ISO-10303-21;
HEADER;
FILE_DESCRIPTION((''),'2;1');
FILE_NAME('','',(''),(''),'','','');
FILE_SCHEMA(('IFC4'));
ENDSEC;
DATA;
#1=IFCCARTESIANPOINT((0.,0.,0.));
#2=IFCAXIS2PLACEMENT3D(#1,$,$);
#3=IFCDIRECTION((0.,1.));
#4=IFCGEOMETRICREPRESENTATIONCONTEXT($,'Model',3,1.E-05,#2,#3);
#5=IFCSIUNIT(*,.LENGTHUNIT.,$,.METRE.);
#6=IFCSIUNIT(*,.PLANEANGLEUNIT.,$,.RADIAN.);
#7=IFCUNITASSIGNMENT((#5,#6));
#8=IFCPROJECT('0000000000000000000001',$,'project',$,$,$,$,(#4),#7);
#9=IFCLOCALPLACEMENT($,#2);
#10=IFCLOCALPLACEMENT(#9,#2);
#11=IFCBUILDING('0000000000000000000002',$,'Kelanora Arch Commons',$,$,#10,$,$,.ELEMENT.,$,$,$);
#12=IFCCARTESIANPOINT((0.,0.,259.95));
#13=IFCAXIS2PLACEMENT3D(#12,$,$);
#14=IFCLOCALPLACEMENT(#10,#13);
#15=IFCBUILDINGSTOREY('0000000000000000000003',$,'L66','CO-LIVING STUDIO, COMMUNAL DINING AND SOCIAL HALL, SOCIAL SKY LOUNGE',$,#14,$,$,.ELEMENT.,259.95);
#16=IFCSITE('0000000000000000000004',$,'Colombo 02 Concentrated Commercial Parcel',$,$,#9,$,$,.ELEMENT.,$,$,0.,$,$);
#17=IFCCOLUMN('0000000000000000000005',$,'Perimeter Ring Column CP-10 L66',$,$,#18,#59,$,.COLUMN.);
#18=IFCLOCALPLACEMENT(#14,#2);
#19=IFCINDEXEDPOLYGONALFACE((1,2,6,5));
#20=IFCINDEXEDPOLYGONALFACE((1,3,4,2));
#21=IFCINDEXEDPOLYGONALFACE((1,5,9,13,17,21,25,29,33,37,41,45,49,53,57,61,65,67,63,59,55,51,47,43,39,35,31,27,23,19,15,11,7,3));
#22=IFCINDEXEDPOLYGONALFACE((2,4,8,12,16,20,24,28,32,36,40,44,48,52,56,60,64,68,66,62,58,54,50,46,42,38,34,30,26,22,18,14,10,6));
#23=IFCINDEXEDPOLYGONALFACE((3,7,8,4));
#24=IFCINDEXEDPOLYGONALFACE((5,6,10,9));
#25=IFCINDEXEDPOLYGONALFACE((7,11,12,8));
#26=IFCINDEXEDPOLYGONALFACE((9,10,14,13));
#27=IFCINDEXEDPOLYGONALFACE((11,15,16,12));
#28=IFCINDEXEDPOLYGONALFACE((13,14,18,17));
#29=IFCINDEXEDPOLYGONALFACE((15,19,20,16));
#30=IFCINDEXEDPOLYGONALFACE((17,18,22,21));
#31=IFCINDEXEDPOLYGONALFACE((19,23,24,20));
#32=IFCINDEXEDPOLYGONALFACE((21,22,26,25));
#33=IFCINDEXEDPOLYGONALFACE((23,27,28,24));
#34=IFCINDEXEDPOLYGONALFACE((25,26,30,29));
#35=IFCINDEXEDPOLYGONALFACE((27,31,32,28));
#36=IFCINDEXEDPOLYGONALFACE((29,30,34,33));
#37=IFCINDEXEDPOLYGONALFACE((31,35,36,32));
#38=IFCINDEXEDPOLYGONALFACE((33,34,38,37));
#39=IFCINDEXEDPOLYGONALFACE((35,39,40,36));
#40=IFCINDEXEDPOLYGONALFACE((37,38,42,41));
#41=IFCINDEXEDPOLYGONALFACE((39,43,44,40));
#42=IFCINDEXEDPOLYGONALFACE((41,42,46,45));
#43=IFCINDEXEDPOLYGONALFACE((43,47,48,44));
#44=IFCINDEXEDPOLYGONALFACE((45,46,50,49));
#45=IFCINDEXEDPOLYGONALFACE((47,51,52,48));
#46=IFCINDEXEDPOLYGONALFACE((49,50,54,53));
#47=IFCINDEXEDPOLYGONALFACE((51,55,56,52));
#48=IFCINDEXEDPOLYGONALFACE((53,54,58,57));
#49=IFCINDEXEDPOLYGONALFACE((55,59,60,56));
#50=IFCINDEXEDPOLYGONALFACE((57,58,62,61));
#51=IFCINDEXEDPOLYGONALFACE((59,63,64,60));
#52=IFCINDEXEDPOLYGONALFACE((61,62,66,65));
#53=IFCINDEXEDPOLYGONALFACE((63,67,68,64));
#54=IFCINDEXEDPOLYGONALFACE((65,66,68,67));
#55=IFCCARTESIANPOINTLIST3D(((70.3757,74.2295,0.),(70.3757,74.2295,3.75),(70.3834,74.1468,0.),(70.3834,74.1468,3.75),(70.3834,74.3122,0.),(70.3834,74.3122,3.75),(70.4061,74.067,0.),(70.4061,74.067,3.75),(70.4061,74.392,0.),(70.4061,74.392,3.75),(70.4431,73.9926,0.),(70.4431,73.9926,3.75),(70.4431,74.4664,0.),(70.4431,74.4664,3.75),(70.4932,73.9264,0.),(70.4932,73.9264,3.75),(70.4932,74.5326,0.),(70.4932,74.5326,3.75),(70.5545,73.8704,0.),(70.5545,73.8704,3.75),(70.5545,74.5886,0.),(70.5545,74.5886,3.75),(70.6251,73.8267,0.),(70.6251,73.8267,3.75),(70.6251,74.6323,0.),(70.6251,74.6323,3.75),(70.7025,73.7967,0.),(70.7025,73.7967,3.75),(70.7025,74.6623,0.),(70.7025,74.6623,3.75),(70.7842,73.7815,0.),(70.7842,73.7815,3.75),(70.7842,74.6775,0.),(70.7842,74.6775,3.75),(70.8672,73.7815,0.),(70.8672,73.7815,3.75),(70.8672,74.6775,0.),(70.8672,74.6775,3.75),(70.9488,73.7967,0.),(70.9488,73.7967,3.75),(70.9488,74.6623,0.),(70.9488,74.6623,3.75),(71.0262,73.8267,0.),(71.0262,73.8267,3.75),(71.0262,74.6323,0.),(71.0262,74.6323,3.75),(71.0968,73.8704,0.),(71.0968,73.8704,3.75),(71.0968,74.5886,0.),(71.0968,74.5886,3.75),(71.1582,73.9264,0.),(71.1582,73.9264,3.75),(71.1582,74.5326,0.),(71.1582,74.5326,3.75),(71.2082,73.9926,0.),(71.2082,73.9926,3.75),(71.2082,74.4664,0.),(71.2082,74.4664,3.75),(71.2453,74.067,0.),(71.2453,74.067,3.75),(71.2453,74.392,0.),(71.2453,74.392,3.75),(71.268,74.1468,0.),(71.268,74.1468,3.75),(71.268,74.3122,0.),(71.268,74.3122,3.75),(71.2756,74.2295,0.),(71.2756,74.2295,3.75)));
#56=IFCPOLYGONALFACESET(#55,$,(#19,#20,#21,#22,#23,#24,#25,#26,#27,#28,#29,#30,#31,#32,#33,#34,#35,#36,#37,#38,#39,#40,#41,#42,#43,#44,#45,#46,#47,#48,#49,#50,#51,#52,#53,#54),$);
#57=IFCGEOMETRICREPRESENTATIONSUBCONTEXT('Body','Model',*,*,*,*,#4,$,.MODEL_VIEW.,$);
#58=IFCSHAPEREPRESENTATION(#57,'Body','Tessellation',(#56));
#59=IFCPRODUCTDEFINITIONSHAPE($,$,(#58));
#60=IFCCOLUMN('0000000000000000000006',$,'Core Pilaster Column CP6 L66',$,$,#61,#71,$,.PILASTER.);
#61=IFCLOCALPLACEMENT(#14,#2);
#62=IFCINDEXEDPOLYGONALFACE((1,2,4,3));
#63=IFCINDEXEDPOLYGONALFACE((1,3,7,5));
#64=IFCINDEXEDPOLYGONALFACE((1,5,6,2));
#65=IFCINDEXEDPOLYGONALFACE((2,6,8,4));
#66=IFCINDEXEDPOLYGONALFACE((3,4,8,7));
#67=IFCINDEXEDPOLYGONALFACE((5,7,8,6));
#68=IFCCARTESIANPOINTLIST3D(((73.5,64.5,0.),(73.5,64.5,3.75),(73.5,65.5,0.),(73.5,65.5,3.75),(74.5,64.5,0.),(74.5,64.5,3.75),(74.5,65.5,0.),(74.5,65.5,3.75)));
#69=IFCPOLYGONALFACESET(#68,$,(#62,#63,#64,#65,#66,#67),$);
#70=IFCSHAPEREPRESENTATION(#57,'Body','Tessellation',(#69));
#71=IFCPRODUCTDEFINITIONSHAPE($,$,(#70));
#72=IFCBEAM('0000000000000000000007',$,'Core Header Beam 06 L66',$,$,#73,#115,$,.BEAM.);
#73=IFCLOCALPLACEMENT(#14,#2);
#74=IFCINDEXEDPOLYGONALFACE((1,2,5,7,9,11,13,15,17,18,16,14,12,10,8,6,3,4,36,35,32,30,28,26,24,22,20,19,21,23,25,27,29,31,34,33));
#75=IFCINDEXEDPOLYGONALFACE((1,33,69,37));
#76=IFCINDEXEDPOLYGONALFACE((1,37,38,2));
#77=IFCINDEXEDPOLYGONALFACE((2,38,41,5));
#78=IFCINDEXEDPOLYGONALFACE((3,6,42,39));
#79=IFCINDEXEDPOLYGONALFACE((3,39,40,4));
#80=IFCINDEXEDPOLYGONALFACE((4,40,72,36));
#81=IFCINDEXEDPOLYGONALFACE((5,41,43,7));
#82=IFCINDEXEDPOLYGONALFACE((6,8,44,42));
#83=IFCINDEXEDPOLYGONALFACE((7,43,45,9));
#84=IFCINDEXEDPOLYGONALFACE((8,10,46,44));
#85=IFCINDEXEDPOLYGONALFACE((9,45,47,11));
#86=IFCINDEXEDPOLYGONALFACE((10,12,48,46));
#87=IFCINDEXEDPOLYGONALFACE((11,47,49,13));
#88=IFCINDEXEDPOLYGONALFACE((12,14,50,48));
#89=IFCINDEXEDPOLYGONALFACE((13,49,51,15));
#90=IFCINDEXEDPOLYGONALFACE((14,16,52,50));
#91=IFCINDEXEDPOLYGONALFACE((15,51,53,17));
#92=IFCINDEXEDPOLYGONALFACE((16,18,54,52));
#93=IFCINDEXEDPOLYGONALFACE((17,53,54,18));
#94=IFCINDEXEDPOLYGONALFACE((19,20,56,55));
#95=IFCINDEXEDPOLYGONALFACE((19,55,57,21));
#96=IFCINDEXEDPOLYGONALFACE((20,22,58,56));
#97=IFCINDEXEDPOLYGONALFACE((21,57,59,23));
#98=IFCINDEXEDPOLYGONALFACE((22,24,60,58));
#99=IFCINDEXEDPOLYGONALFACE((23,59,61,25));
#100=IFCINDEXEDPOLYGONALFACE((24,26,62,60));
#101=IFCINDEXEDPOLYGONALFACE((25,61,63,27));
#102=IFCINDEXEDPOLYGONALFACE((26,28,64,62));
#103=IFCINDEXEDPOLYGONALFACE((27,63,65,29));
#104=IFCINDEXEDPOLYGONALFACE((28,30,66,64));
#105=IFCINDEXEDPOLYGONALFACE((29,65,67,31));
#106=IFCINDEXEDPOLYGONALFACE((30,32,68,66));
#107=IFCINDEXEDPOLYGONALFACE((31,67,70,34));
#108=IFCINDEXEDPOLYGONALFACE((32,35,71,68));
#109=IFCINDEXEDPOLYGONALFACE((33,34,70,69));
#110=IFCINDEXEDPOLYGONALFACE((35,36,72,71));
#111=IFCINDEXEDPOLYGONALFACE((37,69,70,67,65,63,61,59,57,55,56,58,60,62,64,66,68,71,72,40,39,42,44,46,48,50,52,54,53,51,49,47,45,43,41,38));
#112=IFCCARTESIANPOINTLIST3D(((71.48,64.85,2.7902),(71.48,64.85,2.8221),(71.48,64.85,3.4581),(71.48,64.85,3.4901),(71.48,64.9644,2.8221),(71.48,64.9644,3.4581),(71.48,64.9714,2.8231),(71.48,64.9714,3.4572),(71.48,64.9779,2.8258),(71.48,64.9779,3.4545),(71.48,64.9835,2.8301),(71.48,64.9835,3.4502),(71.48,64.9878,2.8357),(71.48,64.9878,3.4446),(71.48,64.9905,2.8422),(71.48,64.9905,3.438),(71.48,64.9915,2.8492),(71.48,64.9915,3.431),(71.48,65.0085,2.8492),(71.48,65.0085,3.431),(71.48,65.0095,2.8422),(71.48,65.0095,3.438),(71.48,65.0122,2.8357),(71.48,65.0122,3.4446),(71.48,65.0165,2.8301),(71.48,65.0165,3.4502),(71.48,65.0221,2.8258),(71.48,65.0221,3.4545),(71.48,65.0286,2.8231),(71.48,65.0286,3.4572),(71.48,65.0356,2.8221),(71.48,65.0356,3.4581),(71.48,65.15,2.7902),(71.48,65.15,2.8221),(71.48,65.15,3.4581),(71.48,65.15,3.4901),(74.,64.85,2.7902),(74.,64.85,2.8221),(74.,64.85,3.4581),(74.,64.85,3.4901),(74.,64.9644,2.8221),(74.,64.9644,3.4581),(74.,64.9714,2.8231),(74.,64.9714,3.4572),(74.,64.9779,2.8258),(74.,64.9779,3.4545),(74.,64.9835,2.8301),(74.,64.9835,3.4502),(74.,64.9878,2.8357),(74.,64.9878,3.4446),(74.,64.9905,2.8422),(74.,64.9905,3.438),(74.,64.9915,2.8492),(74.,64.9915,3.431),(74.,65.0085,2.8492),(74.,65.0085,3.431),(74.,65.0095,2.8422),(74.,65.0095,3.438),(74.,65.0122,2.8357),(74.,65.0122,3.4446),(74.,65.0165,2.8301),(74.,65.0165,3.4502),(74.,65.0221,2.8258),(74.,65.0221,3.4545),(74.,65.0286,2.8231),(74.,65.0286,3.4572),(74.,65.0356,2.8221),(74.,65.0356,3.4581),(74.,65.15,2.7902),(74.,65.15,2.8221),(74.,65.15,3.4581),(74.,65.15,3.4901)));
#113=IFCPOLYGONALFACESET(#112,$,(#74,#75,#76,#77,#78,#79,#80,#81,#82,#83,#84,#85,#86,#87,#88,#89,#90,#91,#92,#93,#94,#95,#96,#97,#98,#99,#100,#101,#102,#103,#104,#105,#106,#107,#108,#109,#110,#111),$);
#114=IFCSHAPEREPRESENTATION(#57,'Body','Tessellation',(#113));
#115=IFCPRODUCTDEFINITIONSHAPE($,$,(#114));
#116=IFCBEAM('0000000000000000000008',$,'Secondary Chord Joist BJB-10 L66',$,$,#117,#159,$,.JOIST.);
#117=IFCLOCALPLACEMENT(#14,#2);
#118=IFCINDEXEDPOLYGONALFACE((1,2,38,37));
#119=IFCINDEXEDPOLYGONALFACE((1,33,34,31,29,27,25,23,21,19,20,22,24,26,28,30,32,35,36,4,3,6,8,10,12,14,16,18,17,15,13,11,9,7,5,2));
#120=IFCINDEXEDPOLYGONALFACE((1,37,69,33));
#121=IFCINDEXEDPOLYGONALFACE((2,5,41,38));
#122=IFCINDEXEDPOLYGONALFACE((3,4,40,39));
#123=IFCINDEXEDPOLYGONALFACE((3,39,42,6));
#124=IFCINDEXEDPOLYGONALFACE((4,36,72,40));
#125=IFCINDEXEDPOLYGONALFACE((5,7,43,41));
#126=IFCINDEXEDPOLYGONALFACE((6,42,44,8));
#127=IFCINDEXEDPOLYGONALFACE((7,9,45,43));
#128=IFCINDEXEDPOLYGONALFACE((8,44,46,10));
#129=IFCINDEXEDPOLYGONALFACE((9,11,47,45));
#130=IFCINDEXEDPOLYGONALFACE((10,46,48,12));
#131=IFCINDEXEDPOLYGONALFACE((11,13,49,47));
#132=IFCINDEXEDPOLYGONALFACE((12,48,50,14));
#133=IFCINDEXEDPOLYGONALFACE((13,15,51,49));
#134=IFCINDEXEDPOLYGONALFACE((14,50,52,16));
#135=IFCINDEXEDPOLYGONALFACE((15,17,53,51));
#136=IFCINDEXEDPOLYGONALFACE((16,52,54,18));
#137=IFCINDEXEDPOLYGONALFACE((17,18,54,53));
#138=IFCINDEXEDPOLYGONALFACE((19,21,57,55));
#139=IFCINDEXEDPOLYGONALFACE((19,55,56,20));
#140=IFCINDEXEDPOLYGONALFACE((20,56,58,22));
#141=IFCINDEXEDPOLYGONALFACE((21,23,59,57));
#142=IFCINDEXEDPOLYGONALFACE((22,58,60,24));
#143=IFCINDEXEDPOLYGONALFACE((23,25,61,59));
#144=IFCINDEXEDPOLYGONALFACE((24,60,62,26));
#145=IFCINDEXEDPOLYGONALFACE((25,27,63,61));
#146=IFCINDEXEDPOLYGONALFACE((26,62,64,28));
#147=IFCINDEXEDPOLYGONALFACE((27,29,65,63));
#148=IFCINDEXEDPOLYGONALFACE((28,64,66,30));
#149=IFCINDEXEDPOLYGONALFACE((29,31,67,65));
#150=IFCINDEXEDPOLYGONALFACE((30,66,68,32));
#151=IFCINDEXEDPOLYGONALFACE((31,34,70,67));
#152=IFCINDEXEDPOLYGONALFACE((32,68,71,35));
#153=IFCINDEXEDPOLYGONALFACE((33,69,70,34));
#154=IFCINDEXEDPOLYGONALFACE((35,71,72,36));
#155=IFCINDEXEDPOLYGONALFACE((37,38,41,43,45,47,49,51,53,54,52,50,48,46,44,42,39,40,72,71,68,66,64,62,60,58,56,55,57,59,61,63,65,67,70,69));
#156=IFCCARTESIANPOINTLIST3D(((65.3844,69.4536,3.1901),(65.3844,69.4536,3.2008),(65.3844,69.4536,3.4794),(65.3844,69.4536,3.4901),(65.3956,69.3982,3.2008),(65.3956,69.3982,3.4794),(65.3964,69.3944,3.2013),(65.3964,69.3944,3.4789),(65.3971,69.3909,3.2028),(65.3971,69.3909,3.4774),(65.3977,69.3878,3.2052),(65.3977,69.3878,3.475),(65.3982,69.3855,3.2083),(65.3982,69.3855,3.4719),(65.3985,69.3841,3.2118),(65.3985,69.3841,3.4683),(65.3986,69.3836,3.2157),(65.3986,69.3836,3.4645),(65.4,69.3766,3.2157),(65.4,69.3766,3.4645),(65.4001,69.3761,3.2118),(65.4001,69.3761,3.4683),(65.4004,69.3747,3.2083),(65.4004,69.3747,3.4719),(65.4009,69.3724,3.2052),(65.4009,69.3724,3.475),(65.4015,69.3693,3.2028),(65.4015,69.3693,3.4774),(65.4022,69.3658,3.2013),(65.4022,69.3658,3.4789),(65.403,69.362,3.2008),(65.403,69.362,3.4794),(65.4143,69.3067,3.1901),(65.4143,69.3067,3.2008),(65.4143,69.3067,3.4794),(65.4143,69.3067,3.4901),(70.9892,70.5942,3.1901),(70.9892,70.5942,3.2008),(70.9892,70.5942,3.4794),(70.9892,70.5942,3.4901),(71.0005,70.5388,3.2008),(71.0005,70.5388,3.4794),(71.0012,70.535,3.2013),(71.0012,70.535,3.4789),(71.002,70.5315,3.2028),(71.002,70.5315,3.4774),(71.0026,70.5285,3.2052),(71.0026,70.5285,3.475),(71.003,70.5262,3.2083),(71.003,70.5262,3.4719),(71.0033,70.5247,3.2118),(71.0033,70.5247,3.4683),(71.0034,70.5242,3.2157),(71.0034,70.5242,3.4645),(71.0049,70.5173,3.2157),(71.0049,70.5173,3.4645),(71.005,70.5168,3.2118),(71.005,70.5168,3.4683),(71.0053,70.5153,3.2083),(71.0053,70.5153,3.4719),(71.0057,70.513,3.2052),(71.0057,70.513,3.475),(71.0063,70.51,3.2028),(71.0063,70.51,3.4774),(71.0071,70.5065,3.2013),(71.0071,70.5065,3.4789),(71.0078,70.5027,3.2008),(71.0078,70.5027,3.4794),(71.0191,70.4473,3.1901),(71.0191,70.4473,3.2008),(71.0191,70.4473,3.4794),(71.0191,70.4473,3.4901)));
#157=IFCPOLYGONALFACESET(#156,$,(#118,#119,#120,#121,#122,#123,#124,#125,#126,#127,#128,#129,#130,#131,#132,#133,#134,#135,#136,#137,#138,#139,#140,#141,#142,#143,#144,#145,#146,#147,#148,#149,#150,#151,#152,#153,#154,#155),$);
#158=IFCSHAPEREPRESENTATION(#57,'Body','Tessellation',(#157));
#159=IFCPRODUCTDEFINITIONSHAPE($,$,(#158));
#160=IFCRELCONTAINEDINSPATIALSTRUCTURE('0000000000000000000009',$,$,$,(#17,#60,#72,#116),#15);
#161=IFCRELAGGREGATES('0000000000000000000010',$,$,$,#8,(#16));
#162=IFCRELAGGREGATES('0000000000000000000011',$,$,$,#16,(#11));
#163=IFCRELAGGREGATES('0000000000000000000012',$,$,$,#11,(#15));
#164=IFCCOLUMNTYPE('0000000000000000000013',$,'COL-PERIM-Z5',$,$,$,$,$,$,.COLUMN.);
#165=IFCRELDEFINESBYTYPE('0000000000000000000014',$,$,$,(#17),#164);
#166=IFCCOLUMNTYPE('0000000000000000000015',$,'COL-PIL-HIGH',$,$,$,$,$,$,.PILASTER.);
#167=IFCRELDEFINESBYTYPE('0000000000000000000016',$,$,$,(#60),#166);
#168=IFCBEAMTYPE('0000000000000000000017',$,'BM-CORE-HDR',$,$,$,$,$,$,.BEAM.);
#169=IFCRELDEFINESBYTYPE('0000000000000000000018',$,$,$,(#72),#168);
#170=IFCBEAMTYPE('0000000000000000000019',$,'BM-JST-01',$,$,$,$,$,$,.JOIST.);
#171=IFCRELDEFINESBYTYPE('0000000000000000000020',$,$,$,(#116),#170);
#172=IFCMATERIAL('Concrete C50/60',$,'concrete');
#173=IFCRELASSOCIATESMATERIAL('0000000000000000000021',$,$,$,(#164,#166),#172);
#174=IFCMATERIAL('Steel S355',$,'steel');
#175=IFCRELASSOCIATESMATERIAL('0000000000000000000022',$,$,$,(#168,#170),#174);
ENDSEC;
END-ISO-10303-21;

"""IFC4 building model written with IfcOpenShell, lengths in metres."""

from ifc_helpers import new_model, si_unit, direction, frame, origin, origin_2d, place, context, subcontext, project, spatial, rectangle, circle, i_section, extrude, material, material_profile, profile_set, type_object, element, save


model = new_model("IFC4")

# Units and contexts
model_context = context("Model", 3, precision=1e-05, world=origin(), true_north=direction((0.0, 1.0)))
body_context = subcontext(model_context, "Body", "Model", "MODEL_VIEW")
ifc_project = project(units=[si_unit("LENGTHUNIT", "METRE"), si_unit("PLANEANGLEUNIT", "RADIAN")], contexts=[model_context])

# Site, building, storey
site_placement = place(None, origin())
site = spatial("IfcSite", under=ifc_project, at=site_placement, Name="Colombo 02 Concentrated Commercial Parcel", CompositionType="ELEMENT", RefElevation=0.0)
building_placement = place(site_placement, origin())
building = spatial("IfcBuilding", under=site, at=building_placement, Name="Kelanora Arch Commons", CompositionType="ELEMENT")
storey_placement = place(building_placement, frame((0.0, 0.0, 259.95)))
storey = spatial("IfcBuildingStorey", under=building, at=storey_placement, Name="L66", Description="CO-LIVING STUDIO, COMMUNAL DINING AND SOCIAL HALL, SOCIAL SKY LOUNGE", CompositionType="ELEMENT", Elevation=259.95)

# Columns
ifc_material_1 = material(Name="Concrete C50/60", Category="concrete")
ifc_material_profile_1 = material_profile(ifc_material_1, circle(Radius=0.45, at=origin_2d()), Name="RCC900")
ifc_profile_set_1 = profile_set([ifc_material_profile_1], Name="Concrete C50/60")
column_type_1 = type_object("IfcColumnType", Name="COL-PERIM-Z5", PredefinedType="COLUMN", material=ifc_profile_set_1)
column_1_placement = place(storey_placement, frame((70.8257, 74.2295, 0.0), z_axis=(0.0, 0.0, 1.0), x_axis=(1.0, 0.0, 0.0)))
element("IfcColumn", 1, at=column_1_placement, inside=storey, type_object=column_type_1, Name="Perimeter Ring Column CP-10 L66", PredefinedType="COLUMN", context=body_context, shape_type="SweptSolid", body=[
    extrude(circle(Radius=0.45, at=origin_2d()), origin(), (0.0, 0.0, 1.0), 3.75),
])
ifc_material_profile_2 = material_profile(ifc_material_1, rectangle(XDim=1.0, YDim=1.0, at=origin_2d()), Name="RC1000x1000")
ifc_profile_set_2 = profile_set([ifc_material_profile_2], Name="Concrete C50/60")
column_type_2 = type_object("IfcColumnType", Name="COL-PIL-HIGH", PredefinedType="PILASTER", material=ifc_profile_set_2)
column_2_placement = place(storey_placement, frame((74.0, 65.0, 0.0), z_axis=(0.0, 0.0, 1.0), x_axis=(1.0, 0.0, 0.0)))
element("IfcColumn", 2, at=column_2_placement, inside=storey, type_object=column_type_2, Name="Core Pilaster Column CP6 L66", PredefinedType="PILASTER", context=body_context, shape_type="SweptSolid", body=[
    extrude(rectangle(XDim=1.0, YDim=1.0, at=origin_2d()), origin(), (0.0, 0.0, 1.0), 3.75),
])

# Beams
ifc_material_2 = material(Name="Steel S355", Category="steel")
ifc_material_profile_3 = material_profile(ifc_material_2, i_section(OverallWidth=0.3, OverallDepth=0.7, WebThickness=0.0171, FlangeThickness=0.032, FilletRadius=0.0271, at=origin_2d()), Name="HEB700")
ifc_profile_set_3 = profile_set([ifc_material_profile_3], Name="Steel S355")
beam_type_1 = type_object("IfcBeamType", Name="BM-CORE-HDR", PredefinedType="BEAM", material=ifc_profile_set_3)
beam_1_placement = place(storey_placement, frame((74.0, 65.0, 3.1401), z_axis=(-1.0, 0.0, 0.0), x_axis=(0.0, -1.0, 0.0)))
element("IfcBeam", 3, at=beam_1_placement, inside=storey, type_object=beam_type_1, Name="Core Header Beam 06 L66", PredefinedType="BEAM", context=body_context, shape_type="SweptSolid", body=[
    extrude(i_section(OverallWidth=0.3, OverallDepth=0.7, WebThickness=0.0171, FlangeThickness=0.032, FilletRadius=0.0271, at=origin_2d()), origin(), (0.0, 0.0, 1.0), 2.52),
])
ifc_material_profile_4 = material_profile(ifc_material_2, i_section(OverallWidth=0.1499, OverallDepth=0.3, WebThickness=0.0071, FlangeThickness=0.0107, FilletRadius=0.0149, at=origin_2d()), Name="IPE300")
ifc_profile_set_4 = profile_set([ifc_material_profile_4], Name="Steel S355")
beam_type_2 = type_object("IfcBeamType", Name="BM-JST-01", PredefinedType="JOIST", material=ifc_profile_set_4)
beam_2_placement = place(storey_placement, frame((71.0042, 70.5208, 3.3401), z_axis=(-0.979913, -0.199423, 0.0), x_axis=(0.199423, -0.979913, 0.0)))
element("IfcBeam", 4, at=beam_2_placement, inside=storey, type_object=beam_type_2, Name="Secondary Chord Joist BJB-10 L66", PredefinedType="JOIST", context=body_context, shape_type="SweptSolid", body=[
    extrude(i_section(OverallWidth=0.1499, OverallDepth=0.3, WebThickness=0.0071, FlangeThickness=0.0107, FilletRadius=0.0149, at=origin_2d()), origin(), (0.0, 0.0, 1.0), 5.7197),
])

save(model, "model.ifc")
